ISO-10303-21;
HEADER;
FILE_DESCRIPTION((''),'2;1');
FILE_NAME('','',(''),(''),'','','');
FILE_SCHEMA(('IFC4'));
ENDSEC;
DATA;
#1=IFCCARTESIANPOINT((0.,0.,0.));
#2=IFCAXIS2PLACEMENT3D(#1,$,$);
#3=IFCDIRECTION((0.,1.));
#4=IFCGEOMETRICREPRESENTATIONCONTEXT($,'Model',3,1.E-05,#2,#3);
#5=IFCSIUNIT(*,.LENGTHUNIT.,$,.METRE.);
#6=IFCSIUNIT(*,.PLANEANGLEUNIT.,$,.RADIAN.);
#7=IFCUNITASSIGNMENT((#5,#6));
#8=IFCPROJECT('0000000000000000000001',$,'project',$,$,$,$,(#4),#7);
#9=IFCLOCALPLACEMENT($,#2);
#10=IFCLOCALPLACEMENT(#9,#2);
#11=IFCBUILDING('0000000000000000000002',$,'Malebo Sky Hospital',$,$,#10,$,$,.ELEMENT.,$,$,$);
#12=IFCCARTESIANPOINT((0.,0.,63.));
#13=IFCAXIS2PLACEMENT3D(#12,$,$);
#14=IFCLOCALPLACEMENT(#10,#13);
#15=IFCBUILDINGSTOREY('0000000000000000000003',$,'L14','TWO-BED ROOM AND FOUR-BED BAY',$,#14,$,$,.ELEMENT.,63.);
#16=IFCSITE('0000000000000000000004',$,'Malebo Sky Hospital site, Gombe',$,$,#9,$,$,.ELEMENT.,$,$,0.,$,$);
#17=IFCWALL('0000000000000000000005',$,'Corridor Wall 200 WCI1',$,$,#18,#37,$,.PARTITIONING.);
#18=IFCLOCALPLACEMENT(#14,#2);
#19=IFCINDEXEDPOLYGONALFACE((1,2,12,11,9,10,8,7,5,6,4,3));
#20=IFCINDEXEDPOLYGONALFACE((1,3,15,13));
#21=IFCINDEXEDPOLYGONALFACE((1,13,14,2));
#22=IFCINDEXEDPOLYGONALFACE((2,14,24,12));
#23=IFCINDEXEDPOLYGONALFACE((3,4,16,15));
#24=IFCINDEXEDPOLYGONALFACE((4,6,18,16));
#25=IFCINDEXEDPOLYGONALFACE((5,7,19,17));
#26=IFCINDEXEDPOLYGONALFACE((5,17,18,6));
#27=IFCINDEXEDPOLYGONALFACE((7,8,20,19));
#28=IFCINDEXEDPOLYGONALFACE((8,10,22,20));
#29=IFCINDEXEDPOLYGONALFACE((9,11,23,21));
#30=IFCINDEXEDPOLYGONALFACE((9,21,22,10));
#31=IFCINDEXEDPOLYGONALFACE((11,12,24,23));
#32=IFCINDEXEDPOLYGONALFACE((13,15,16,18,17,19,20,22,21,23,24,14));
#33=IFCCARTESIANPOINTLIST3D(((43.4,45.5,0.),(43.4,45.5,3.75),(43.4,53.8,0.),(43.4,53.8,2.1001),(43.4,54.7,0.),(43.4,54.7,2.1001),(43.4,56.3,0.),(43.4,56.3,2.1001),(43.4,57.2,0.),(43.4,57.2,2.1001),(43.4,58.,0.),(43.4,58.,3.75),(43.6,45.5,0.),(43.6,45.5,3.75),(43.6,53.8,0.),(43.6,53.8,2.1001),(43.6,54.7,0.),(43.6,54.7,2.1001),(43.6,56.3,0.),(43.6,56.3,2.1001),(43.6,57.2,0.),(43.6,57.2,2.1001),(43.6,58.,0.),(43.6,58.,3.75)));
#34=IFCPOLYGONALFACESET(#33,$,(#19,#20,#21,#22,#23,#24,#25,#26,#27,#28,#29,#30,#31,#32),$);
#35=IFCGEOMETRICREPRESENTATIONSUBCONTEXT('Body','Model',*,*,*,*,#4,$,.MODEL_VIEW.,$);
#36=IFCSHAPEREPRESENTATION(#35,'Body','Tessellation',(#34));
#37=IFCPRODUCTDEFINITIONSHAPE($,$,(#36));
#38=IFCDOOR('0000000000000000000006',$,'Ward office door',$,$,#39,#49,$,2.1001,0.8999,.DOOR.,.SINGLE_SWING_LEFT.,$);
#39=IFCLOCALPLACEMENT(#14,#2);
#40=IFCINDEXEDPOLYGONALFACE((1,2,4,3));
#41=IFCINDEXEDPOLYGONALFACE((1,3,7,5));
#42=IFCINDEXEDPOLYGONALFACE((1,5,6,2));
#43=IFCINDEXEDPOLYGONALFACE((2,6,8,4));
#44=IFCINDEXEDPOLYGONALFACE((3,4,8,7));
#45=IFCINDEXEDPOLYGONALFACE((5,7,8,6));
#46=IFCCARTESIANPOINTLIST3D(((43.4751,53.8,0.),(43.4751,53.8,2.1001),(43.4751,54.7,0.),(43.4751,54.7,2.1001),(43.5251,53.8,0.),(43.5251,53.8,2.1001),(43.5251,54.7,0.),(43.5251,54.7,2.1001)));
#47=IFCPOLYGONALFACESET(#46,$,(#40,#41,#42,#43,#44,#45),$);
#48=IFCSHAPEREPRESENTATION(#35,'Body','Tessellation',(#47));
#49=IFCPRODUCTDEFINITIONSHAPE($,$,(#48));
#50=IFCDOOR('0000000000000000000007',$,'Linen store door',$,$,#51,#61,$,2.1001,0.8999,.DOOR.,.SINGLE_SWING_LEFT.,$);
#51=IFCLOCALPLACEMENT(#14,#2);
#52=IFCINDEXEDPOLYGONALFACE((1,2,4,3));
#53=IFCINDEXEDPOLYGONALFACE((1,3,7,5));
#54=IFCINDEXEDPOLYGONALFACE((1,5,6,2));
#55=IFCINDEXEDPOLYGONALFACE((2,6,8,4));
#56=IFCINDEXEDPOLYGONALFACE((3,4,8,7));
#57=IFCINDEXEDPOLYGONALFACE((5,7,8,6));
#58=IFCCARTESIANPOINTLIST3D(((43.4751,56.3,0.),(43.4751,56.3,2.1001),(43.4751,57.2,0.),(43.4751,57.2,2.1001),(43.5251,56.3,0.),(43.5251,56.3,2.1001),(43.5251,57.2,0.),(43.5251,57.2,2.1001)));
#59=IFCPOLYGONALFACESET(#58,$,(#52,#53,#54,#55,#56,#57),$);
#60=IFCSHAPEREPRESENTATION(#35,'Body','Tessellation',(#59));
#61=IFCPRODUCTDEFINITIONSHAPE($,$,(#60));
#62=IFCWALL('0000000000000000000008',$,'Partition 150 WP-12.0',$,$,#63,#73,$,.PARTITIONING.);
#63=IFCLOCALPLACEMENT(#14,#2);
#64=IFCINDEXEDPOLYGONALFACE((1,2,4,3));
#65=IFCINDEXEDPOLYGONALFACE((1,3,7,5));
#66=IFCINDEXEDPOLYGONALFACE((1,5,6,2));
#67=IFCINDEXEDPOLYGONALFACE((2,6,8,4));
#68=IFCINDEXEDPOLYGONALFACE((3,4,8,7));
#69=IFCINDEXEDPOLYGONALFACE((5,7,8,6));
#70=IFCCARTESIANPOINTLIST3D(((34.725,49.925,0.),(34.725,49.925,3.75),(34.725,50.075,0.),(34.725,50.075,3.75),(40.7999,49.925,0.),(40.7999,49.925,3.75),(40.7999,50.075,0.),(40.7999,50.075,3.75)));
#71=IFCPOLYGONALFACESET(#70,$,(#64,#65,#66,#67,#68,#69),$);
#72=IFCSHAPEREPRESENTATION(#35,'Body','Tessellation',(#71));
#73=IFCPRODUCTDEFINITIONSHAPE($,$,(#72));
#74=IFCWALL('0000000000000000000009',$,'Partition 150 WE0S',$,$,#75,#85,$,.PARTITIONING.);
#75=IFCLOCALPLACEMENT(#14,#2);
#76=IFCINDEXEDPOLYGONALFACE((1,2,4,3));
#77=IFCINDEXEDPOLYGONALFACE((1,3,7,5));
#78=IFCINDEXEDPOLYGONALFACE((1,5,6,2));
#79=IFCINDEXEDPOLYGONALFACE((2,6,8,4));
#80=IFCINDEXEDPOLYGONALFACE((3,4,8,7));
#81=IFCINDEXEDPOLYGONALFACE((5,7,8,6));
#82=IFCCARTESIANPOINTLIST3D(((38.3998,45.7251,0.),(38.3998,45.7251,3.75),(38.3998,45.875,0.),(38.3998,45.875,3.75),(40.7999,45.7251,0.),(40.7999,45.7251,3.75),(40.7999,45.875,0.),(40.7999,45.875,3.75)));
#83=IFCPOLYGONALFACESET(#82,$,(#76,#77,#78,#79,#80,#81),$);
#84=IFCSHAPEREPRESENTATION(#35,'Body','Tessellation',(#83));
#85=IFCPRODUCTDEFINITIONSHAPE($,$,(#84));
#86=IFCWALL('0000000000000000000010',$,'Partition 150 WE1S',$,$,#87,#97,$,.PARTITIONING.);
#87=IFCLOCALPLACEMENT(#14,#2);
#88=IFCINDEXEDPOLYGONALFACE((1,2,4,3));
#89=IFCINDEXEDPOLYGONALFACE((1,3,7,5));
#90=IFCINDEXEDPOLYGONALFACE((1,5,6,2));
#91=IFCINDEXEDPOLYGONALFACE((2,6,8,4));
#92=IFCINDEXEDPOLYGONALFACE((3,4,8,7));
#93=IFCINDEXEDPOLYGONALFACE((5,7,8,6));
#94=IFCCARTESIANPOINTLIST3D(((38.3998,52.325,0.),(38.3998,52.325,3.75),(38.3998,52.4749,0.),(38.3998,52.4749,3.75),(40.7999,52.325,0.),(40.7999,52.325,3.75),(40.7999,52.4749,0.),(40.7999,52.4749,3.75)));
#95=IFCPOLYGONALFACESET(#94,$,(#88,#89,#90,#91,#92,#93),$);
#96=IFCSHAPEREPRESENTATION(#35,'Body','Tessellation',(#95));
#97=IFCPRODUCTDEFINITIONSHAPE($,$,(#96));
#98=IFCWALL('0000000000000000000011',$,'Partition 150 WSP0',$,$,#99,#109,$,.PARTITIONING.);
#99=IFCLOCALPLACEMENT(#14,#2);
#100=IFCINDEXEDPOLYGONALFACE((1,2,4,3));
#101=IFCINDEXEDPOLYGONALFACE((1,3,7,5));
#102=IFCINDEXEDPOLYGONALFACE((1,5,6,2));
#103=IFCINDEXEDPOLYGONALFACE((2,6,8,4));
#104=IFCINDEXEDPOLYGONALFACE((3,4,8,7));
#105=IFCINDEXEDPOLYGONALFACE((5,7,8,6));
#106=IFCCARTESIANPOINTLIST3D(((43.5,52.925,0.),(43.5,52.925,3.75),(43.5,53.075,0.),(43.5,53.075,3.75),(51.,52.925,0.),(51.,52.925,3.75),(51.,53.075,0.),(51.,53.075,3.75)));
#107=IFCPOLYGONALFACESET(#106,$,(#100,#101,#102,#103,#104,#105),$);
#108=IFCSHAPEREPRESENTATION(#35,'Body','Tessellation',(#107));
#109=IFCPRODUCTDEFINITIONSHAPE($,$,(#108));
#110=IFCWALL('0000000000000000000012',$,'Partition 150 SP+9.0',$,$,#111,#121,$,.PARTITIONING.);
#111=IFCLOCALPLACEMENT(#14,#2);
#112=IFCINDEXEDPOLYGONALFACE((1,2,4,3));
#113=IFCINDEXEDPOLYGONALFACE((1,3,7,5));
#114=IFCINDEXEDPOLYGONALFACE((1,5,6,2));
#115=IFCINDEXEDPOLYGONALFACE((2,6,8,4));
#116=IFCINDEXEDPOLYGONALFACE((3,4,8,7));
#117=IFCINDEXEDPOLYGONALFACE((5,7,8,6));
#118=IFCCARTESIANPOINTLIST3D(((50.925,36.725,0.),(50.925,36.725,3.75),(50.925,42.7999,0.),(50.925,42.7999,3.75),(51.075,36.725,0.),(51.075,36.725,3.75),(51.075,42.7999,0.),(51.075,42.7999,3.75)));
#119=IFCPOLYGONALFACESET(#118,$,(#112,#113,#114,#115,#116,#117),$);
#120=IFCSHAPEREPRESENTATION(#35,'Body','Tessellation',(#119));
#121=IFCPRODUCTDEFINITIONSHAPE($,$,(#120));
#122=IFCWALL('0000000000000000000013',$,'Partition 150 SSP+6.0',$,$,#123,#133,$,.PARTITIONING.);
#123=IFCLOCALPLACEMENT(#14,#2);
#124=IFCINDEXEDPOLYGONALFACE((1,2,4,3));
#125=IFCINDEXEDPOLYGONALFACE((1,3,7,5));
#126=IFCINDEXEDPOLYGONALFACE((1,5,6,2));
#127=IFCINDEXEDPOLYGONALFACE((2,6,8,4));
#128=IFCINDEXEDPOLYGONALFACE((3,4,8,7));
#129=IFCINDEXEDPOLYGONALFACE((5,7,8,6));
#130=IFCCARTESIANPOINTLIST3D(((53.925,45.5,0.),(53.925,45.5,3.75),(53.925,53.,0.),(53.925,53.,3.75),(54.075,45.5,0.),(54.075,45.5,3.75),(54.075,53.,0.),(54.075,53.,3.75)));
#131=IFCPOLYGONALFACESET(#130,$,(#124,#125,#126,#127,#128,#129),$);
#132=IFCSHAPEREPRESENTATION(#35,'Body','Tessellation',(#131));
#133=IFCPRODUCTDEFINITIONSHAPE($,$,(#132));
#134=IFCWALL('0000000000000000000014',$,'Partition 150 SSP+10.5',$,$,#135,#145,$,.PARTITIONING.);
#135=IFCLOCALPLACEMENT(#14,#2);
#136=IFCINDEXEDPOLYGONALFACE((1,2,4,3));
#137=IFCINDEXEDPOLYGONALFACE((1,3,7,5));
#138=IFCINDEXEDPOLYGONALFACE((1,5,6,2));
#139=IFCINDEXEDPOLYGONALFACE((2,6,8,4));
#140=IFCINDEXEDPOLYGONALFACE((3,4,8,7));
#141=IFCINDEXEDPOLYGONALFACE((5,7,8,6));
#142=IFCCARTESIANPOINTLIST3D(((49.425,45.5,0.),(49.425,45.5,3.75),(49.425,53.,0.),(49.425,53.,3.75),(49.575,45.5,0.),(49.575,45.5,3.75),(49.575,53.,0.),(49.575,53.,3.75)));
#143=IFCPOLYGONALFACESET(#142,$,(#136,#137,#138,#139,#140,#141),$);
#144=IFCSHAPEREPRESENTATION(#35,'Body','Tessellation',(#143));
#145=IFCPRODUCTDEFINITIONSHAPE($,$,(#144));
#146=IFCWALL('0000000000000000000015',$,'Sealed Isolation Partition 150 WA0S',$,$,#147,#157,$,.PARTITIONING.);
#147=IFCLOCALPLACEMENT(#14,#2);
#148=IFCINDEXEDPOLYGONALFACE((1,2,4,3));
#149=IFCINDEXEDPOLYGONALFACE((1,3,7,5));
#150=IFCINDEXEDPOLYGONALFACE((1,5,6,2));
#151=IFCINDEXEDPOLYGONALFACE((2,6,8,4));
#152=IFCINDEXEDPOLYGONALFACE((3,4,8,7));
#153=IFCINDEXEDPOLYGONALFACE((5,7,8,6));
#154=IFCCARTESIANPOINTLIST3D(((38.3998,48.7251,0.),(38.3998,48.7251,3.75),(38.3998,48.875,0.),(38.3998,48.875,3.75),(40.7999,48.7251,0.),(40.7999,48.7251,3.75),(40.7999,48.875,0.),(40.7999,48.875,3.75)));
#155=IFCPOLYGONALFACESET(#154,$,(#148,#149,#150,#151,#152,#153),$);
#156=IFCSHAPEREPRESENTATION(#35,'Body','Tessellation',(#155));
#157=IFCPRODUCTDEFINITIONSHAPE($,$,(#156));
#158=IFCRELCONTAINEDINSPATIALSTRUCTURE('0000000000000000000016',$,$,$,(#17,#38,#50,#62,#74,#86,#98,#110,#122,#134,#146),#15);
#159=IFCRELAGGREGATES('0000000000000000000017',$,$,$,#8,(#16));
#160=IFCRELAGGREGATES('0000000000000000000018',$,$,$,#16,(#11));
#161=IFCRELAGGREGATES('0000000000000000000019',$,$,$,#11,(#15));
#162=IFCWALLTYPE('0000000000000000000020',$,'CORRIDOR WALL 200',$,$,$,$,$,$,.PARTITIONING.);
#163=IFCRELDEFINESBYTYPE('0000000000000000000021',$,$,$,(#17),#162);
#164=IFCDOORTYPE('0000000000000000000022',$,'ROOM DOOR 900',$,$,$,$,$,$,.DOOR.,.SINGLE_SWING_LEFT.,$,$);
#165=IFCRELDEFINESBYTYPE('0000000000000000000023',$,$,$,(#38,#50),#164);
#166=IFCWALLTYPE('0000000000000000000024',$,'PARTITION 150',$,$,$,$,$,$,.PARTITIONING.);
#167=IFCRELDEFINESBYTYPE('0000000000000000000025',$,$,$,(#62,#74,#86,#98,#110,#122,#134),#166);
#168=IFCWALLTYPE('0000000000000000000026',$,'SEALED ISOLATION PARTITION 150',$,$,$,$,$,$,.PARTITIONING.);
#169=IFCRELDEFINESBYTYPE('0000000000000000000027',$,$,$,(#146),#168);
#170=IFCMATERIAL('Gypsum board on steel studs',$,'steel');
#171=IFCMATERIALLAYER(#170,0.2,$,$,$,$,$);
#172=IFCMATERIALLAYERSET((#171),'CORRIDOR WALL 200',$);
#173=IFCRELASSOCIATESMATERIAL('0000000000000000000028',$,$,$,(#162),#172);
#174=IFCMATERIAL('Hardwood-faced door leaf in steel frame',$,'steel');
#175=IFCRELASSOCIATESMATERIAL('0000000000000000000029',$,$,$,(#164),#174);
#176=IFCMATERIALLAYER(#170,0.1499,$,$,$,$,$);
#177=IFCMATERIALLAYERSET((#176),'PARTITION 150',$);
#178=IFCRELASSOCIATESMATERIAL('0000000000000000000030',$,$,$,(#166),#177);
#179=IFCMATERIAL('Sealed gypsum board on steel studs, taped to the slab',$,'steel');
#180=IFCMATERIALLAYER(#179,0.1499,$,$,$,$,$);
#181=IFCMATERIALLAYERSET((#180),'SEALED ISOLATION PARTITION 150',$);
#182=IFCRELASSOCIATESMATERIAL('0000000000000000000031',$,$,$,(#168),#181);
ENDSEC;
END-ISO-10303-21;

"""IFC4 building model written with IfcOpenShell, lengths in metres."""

from ifc_helpers import new_model, si_unit, direction, frame, frame_2d, origin, place, context, subcontext, project, spatial, rectangle, extrude, material, layer, layer_set, type_object, element, fill, save


model = new_model("IFC4")

# Units and contexts
model_context = context("Model", 3, precision=1e-05, world=origin(), true_north=direction((0.0, 1.0)))
body_context = subcontext(model_context, "Body", "Model", "MODEL_VIEW")
ifc_project = project(units=[si_unit("LENGTHUNIT", "METRE"), si_unit("PLANEANGLEUNIT", "RADIAN")], contexts=[model_context])

# Site, building, storey
site_placement = place(None, origin())
site = spatial("IfcSite", under=ifc_project, at=site_placement, Name="Malebo Sky Hospital site, Gombe", CompositionType="ELEMENT", RefElevation=0.0)
building_placement = place(site_placement, origin())
building = spatial("IfcBuilding", under=site, at=building_placement, Name="Malebo Sky Hospital", CompositionType="ELEMENT")
storey_placement = place(building_placement, frame((0.0, 0.0, 63.0)))
storey = spatial("IfcBuildingStorey", under=building, at=storey_placement, Name="L14", Description="TWO-BED ROOM AND FOUR-BED BAY", CompositionType="ELEMENT", Elevation=63.0)

# Wall, openings, doors
ifc_material_1 = material(Name="Gypsum board on steel studs", Category="steel")
ifc_layer_1 = layer(ifc_material_1, 0.2)
ifc_layer_set_1 = layer_set([ifc_layer_1], Name="CORRIDOR WALL 200")
wall_type_1 = type_object("IfcWallType", Name="CORRIDOR WALL 200", PredefinedType="PARTITIONING", material=ifc_layer_set_1)
wall_1_placement = place(storey_placement, frame((43.5, 45.5, 0.0), z_axis=(0.0, 0.0, 1.0), x_axis=(0.0, 1.0, 0.0)))
wall_1 = element("IfcWall", 1, at=wall_1_placement, inside=storey, type_object=wall_type_1, Name="Corridor Wall 200 WCI1", PredefinedType="PARTITIONING", context=body_context, shape_type="SweptSolid", body=[
    extrude(rectangle(XDim=12.5, YDim=0.2, at=frame_2d((6.25, 0.0))), origin(), (0.0, 0.0, 1.0), 3.75),
])
opening_1_placement = place(wall_1_placement, frame((8.3, 0.0, 0.0)))
opening_1 = element("IfcOpeningElement", 2, at=opening_1_placement, cuts=wall_1, PredefinedType="OPENING", context=body_context, shape_type="SweptSolid", body=[
    extrude(rectangle(XDim=0.8999, YDim=2.1001, at=frame_2d((0.45, 1.05))), frame((0.0, 0.1099, 0.0), z_axis=(0.0, -1.0, 0.0), x_axis=(1.0, 0.0, 0.0)), (0.0, 0.0, 1.0), 0.22),
])
opening_2_placement = place(wall_1_placement, frame((10.8, 0.0, 0.0)))
opening_2 = element("IfcOpeningElement", 3, at=opening_2_placement, cuts=wall_1, PredefinedType="OPENING", context=body_context, shape_type="SweptSolid", body=[
    extrude(rectangle(XDim=0.8999, YDim=2.1001, at=frame_2d((0.45, 1.05))), frame((0.0, 0.1099, 0.0), z_axis=(0.0, -1.0, 0.0), x_axis=(1.0, 0.0, 0.0)), (0.0, 0.0, 1.0), 0.22),
])
ifc_material_2 = material(Name="Hardwood-faced door leaf in steel frame", Category="steel")
door_type = type_object("IfcDoorType", Name="ROOM DOOR 900", OperationType="SINGLE_SWING_LEFT", PredefinedType="DOOR", material=ifc_material_2)
door_1_placement = place(opening_1_placement, origin())
door_1 = element("IfcDoor", 4, at=door_1_placement, inside=storey, type_object=door_type, Name="Ward office door", OperationType="SINGLE_SWING_LEFT", OverallHeight=2.1001, OverallWidth=0.8999, PredefinedType="DOOR", context=body_context, shape_type="SweptSolid", body=[
    extrude(rectangle(XDim=0.8999, YDim=2.1001, at=frame_2d((0.45, 1.05))), frame((0.0, 0.0249, 0.0), z_axis=(0.0, -1.0, 0.0), x_axis=(1.0, 0.0, 0.0)), (0.0, 0.0, 1.0), 0.05),
])
fill(opening_1, door_1)
door_2_placement = place(opening_2_placement, origin())
door_2 = element("IfcDoor", 5, at=door_2_placement, inside=storey, type_object=door_type, Name="Linen store door", OperationType="SINGLE_SWING_LEFT", OverallHeight=2.1001, OverallWidth=0.8999, PredefinedType="DOOR", context=body_context, shape_type="SweptSolid", body=[
    extrude(rectangle(XDim=0.8999, YDim=2.1001, at=frame_2d((0.45, 1.05))), frame((0.0, 0.0249, 0.0), z_axis=(0.0, -1.0, 0.0), x_axis=(1.0, 0.0, 0.0)), (0.0, 0.0, 1.0), 0.05),
])
fill(opening_2, door_2)

# Walls
ifc_layer_2 = layer(ifc_material_1, 0.1499)
ifc_layer_set_2 = layer_set([ifc_layer_2], Name="PARTITION 150")
wall_type_2 = type_object("IfcWallType", Name="PARTITION 150", PredefinedType="PARTITIONING", material=ifc_layer_set_2)
wall_2_placement = place(storey_placement, frame((40.8, 50.0, 0.0), z_axis=(0.0, 0.0, 1.0), x_axis=(-1.0, 0.0, 0.0)))
element("IfcWall", 6, at=wall_2_placement, inside=storey, type_object=wall_type_2, Name="Partition 150 WP-12.0", PredefinedType="PARTITIONING", context=body_context, shape_type="SweptSolid", body=[
    extrude(rectangle(XDim=6.075, YDim=0.1499, at=frame_2d((3.0376, 0.0))), origin(), (0.0, 0.0, 1.0), 3.75),
])
for number, where, z_axis, x_axis, name in (
    (7, (40.8, 45.8, 0.0), (0.0, 0.0, 1.0), (-1.0, 0.0, 0.0), "Partition 150 WE0S"),
    (8, (40.8, 52.3999, 0.0), (0.0, 0.0, 1.0), (-1.0, 0.0, 0.0), "Partition 150 WE1S"),
):
    element("IfcWall", number, at=place(storey_placement, frame(where, z_axis=z_axis, x_axis=x_axis)), inside=storey, type_object=wall_type_2, Name=name, PredefinedType="PARTITIONING", context=body_context, shape_type="SweptSolid", body=[
        extrude(rectangle(XDim=2.4001, YDim=0.1499, at=frame_2d((1.2002, 0.0))), origin(), (0.0, 0.0, 1.0), 3.75),
    ])
wall_3_placement = place(storey_placement, frame((51.0, 53.0, 0.0), z_axis=(0.0, 0.0, 1.0), x_axis=(-1.0, 0.0, 0.0)))
element("IfcWall", 9, at=wall_3_placement, inside=storey, type_object=wall_type_2, Name="Partition 150 WSP0", PredefinedType="PARTITIONING", context=body_context, shape_type="SweptSolid", body=[
    extrude(rectangle(XDim=7.5, YDim=0.1499, at=frame_2d((3.75, 0.0))), origin(), (0.0, 0.0, 1.0), 3.75),
])
wall_4_placement = place(storey_placement, frame((51.0, 42.8, 0.0), z_axis=(0.0, 0.0, 1.0), x_axis=(0.0, -1.0, 0.0)))
element("IfcWall", 10, at=wall_4_placement, inside=storey, type_object=wall_type_2, Name="Partition 150 SP+9.0", PredefinedType="PARTITIONING", context=body_context, shape_type="SweptSolid", body=[
    extrude(rectangle(XDim=6.075, YDim=0.1499, at=frame_2d((3.0376, 0.0))), origin(), (0.0, 0.0, 1.0), 3.75),
])
for number, where, z_axis, x_axis, name in (
    (11, (54.0, 53.0, 0.0), (0.0, 0.0, 1.0), (0.0, -1.0, 0.0), "Partition 150 SSP+6.0"),
    (12, (49.5, 53.0, 0.0), (0.0, 0.0, 1.0), (0.0, -1.0, 0.0), "Partition 150 SSP+10.5"),
):
    element("IfcWall", number, at=place(storey_placement, frame(where, z_axis=z_axis, x_axis=x_axis)), inside=storey, type_object=wall_type_2, Name=name, PredefinedType="PARTITIONING", context=body_context, shape_type="SweptSolid", body=[
        extrude(rectangle(XDim=7.5, YDim=0.1499, at=frame_2d((3.75, 0.0))), origin(), (0.0, 0.0, 1.0), 3.75),
    ])
ifc_material_3 = material(Name="Sealed gypsum board on steel studs, taped to the slab", Category="steel")
ifc_layer_3 = layer(ifc_material_3, 0.1499)
ifc_layer_set_3 = layer_set([ifc_layer_3], Name="SEALED ISOLATION PARTITION 150")
wall_type_3 = type_object("IfcWallType", Name="SEALED ISOLATION PARTITION 150", PredefinedType="PARTITIONING", material=ifc_layer_set_3)
wall_5_placement = place(storey_placement, frame((40.8, 48.8, 0.0), z_axis=(0.0, 0.0, 1.0), x_axis=(-1.0, 0.0, 0.0)))
element("IfcWall", 13, at=wall_5_placement, inside=storey, type_object=wall_type_3, Name="Sealed Isolation Partition 150 WA0S", PredefinedType="PARTITIONING", context=body_context, shape_type="SweptSolid", body=[
    extrude(rectangle(XDim=2.4001, YDim=0.1499, at=frame_2d((1.2002, 0.0))), origin(), (0.0, 0.0, 1.0), 3.75),
])

save(model, "model.ifc")
